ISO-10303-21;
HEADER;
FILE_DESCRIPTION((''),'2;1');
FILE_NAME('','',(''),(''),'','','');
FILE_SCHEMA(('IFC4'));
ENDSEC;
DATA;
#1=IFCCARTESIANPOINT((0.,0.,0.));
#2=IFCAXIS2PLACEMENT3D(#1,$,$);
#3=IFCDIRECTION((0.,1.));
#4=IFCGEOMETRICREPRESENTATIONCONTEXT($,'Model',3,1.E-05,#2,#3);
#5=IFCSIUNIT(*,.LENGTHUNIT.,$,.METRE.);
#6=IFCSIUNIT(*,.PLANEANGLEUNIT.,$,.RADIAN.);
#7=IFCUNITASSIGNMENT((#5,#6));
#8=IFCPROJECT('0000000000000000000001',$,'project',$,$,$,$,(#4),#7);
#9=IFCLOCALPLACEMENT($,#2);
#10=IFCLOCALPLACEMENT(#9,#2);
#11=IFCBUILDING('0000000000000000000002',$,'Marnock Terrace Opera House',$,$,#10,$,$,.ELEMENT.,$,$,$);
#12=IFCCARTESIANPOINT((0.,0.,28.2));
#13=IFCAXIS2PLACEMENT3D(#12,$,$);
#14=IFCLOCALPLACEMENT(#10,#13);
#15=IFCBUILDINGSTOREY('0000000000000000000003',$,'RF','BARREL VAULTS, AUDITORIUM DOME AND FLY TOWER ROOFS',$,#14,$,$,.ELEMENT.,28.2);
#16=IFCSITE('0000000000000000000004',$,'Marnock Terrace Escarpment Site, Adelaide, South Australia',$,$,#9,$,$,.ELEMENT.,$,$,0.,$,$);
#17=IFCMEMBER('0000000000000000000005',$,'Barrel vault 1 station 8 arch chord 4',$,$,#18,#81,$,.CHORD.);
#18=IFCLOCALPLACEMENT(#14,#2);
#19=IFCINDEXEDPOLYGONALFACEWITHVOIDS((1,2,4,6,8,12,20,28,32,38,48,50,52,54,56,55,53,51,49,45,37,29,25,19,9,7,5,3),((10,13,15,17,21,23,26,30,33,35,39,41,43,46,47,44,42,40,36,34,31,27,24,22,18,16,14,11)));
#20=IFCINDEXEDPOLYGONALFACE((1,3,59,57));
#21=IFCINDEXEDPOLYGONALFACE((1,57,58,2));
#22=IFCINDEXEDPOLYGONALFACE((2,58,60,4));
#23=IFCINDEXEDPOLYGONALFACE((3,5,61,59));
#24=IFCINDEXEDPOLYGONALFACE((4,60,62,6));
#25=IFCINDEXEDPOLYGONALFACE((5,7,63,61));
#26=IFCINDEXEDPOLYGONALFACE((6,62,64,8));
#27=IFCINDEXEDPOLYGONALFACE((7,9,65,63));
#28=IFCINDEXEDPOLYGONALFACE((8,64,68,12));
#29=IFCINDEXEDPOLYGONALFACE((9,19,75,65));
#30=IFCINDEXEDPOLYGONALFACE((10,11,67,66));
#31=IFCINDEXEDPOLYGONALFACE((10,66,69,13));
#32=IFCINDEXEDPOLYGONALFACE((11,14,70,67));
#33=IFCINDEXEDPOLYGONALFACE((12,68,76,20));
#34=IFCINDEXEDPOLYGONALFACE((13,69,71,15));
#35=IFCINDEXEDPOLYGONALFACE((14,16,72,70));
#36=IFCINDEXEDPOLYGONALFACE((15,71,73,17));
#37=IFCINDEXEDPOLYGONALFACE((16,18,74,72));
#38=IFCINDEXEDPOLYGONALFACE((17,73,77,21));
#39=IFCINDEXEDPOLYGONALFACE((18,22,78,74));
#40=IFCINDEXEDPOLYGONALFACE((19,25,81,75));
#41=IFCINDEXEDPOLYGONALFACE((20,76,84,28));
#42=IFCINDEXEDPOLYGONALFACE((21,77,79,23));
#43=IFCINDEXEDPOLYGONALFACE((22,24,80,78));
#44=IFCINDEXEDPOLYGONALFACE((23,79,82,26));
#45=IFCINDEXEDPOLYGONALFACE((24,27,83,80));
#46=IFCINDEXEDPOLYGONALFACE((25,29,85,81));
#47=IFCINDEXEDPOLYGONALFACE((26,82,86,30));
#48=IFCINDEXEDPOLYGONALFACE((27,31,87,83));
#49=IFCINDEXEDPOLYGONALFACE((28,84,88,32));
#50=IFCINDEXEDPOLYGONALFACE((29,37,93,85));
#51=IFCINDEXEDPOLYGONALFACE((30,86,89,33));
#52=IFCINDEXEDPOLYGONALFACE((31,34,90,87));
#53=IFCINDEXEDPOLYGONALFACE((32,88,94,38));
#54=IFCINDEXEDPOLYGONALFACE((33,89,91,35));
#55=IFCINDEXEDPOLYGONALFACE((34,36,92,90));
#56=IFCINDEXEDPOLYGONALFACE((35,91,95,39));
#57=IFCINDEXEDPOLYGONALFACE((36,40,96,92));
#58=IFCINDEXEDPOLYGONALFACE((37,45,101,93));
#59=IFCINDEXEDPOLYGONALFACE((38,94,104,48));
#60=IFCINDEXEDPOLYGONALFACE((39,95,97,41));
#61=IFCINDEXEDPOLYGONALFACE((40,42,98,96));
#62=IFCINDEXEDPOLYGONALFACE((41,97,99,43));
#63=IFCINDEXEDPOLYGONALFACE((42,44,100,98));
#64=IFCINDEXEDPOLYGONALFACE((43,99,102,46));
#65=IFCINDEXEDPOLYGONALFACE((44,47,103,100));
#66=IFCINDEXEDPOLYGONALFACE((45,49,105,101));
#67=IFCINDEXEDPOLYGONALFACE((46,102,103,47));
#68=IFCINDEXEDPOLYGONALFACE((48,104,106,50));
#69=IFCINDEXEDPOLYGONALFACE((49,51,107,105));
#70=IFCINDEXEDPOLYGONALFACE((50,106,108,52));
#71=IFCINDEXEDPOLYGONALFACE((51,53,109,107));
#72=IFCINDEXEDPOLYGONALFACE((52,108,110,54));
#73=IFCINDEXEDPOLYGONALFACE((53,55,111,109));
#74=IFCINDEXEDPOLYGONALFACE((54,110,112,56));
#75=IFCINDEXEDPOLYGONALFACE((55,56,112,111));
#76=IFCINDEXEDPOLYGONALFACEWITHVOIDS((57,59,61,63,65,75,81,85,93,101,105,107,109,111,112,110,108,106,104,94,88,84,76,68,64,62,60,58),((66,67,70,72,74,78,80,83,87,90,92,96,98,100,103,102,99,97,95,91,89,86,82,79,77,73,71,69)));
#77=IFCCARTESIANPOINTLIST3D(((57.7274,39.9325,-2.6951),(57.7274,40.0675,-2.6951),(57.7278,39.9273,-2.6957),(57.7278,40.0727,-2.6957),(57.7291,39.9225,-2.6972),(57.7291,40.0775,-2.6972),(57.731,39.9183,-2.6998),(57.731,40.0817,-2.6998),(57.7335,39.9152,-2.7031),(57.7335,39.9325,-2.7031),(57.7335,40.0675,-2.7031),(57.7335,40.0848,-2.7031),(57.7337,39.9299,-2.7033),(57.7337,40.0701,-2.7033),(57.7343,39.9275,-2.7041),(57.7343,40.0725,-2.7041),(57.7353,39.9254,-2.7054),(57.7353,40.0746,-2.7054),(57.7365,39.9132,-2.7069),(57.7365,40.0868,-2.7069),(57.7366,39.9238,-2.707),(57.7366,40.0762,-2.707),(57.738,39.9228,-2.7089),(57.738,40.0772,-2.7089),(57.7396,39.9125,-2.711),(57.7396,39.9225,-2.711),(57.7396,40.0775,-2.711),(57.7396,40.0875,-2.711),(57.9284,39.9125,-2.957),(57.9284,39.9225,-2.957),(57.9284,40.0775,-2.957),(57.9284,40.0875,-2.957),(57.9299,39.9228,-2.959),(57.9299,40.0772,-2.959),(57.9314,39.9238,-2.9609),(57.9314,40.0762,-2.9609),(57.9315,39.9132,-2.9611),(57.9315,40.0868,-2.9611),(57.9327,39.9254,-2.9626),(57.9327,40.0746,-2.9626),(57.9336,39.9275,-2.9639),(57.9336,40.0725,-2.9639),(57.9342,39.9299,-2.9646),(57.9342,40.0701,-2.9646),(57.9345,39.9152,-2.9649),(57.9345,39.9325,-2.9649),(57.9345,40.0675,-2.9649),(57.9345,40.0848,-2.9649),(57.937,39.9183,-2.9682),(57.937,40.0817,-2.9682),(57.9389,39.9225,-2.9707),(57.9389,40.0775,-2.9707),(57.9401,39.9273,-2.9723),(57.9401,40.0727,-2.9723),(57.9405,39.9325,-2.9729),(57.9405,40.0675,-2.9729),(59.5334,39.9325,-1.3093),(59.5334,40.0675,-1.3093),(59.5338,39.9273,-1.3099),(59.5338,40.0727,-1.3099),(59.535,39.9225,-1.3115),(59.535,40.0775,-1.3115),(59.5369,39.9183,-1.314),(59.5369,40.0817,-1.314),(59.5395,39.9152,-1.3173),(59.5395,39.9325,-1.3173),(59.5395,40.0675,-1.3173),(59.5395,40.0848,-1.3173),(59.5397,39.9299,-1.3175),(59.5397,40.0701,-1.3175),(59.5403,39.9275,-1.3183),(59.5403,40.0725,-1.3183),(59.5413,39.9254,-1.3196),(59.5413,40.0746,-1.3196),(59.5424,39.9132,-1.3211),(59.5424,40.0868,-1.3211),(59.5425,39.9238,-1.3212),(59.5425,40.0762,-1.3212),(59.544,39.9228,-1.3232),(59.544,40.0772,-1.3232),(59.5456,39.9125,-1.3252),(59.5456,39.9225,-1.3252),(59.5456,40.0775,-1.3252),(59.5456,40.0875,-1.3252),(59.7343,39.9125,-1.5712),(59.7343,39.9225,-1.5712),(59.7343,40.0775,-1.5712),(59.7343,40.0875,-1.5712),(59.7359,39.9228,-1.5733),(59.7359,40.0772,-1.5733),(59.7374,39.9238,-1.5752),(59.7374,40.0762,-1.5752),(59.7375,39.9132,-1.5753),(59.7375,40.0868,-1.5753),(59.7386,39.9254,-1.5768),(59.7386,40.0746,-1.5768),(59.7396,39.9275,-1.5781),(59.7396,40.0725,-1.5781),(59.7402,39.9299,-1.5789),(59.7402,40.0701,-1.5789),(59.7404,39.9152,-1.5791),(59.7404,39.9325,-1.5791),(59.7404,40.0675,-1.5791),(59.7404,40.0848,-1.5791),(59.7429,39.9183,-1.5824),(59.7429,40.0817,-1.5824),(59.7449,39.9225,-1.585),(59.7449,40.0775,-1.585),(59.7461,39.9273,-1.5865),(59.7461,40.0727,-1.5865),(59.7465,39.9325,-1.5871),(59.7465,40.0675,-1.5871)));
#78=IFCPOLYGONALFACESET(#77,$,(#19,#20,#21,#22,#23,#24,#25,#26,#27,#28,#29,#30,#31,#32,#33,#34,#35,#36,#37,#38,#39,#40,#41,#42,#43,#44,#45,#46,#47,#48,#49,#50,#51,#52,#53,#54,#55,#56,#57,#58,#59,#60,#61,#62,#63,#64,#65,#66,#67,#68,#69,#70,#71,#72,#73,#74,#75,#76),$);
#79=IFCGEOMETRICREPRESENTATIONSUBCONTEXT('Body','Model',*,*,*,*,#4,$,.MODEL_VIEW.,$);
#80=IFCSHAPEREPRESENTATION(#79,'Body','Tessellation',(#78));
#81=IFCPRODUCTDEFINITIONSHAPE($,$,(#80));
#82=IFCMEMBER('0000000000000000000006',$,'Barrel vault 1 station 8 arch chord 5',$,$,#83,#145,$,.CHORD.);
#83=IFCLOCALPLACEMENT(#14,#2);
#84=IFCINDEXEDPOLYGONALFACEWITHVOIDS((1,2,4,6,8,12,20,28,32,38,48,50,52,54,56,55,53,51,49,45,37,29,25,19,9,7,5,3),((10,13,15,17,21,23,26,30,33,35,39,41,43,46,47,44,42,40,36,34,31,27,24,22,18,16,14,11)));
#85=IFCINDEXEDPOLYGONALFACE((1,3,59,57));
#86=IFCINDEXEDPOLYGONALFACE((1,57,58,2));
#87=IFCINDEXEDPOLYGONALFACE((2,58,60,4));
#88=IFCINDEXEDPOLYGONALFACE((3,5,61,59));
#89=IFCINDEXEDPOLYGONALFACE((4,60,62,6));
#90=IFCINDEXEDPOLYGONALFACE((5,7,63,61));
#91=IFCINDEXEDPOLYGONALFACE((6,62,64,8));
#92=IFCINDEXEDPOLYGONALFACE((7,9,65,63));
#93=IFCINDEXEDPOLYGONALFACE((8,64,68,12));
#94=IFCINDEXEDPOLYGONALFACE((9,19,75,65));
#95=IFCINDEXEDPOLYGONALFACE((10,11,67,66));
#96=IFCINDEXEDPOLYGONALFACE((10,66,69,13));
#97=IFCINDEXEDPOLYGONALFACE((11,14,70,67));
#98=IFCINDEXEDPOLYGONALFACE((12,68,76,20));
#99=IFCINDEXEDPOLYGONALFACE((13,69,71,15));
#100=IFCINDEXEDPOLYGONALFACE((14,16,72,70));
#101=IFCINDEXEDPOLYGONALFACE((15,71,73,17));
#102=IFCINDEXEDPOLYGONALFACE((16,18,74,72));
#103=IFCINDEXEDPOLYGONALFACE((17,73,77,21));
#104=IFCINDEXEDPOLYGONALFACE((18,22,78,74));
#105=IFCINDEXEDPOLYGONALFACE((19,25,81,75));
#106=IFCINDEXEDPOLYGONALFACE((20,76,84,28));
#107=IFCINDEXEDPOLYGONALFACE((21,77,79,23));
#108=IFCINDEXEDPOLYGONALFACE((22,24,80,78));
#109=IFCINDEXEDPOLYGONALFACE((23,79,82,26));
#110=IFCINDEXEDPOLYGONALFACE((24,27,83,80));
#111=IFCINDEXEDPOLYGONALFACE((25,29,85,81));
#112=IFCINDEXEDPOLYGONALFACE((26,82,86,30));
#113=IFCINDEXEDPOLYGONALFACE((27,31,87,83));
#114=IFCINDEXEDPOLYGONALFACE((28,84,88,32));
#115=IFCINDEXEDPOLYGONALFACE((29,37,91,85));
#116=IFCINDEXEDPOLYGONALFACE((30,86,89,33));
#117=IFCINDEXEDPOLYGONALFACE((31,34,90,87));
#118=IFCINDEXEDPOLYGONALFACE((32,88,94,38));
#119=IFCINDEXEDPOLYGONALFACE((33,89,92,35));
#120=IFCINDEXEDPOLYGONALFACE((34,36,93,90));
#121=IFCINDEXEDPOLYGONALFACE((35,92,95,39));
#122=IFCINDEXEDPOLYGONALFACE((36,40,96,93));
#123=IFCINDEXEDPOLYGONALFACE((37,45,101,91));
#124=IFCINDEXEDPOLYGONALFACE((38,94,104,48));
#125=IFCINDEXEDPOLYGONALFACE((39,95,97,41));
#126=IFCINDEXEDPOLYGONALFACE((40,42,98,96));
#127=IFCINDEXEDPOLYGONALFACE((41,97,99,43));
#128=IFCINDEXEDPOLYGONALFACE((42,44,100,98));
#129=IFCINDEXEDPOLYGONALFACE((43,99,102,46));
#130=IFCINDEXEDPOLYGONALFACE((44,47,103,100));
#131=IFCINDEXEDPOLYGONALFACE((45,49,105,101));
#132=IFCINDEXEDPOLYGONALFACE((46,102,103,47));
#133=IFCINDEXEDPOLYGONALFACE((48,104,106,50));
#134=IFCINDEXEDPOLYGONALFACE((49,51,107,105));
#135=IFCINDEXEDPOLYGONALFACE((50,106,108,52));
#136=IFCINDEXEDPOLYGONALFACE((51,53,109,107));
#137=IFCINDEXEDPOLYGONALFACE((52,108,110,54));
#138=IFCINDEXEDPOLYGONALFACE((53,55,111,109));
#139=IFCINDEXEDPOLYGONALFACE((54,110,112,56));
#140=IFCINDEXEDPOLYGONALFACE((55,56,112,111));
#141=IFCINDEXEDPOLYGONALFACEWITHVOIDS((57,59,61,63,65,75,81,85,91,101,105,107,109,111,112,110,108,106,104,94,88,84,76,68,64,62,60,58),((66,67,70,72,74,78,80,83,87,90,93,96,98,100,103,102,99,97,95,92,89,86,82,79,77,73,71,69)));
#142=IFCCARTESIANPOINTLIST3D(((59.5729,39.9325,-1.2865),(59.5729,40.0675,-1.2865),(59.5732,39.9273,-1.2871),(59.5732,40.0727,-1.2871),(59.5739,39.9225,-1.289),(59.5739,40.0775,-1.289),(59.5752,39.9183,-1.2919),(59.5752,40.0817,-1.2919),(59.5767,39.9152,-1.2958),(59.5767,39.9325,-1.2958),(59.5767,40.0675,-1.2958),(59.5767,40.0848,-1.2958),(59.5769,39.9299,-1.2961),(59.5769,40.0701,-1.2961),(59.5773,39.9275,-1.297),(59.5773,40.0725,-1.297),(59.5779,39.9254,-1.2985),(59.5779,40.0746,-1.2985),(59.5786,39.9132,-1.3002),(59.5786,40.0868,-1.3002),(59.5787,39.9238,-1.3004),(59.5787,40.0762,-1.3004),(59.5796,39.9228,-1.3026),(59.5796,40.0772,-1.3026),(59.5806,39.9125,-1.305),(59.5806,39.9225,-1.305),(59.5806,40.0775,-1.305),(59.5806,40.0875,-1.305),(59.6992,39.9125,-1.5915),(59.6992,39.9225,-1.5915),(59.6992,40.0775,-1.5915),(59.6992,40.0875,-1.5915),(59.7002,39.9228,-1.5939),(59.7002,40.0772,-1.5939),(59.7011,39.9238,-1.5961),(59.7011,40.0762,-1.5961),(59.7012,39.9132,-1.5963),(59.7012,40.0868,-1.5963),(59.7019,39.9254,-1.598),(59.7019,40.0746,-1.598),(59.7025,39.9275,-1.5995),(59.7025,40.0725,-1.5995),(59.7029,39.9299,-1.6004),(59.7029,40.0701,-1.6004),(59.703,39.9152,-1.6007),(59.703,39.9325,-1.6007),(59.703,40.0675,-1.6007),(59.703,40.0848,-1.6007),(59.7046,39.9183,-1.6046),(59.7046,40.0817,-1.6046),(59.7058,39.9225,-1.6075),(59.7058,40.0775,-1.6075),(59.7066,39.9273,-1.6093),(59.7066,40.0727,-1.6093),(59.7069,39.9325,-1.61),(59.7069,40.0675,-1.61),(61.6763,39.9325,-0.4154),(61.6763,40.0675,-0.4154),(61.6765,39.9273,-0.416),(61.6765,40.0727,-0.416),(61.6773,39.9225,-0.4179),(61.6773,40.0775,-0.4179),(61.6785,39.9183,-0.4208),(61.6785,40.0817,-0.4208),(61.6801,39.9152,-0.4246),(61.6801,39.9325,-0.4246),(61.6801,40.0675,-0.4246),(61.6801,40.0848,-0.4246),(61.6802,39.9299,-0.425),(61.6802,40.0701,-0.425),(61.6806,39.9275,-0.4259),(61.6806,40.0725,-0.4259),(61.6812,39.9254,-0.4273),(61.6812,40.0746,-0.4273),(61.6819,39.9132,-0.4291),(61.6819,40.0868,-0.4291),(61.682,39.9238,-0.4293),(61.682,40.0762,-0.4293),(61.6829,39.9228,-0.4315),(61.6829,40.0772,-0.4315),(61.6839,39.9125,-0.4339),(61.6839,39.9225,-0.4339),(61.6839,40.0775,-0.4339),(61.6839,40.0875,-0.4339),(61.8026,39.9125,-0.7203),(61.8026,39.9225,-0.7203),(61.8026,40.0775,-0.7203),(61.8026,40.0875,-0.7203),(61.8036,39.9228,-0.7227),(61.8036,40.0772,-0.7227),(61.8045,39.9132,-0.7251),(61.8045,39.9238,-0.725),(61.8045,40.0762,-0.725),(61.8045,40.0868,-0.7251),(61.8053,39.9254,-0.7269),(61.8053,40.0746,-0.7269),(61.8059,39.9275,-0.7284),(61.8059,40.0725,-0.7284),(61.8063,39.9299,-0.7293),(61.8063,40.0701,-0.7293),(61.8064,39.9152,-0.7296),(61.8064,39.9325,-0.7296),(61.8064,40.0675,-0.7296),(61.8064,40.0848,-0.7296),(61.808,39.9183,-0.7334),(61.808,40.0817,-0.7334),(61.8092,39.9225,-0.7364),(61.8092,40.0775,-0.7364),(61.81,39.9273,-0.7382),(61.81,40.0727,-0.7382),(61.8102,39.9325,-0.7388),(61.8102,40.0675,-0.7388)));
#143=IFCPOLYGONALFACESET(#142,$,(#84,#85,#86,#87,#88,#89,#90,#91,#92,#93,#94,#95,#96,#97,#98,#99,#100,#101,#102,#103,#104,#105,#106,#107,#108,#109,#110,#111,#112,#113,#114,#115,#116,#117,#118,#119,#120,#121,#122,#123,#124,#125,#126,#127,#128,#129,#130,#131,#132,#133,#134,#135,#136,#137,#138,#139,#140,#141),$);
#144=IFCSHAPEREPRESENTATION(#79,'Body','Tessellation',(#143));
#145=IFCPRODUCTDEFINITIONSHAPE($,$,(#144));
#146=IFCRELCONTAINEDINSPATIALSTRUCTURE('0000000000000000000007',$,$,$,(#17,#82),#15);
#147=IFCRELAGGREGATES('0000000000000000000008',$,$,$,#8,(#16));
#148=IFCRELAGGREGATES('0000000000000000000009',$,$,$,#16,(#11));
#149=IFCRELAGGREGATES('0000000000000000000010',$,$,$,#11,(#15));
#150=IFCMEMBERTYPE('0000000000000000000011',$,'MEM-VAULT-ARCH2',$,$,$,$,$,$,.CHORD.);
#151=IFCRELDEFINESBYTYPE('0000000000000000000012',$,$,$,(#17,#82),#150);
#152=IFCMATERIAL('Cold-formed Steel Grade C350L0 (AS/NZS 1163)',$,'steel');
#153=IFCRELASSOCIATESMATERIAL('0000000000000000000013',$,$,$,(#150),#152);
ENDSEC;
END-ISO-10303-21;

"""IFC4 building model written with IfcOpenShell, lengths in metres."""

from ifc_helpers import new_model, si_unit, direction, frame, origin, origin_2d, place, context, subcontext, project, spatial, hollow_rectangle, extrude, material, material_profile, profile_set, type_object, element, save


model = new_model("IFC4")

# Units and contexts
model_context = context("Model", 3, precision=1e-05, world=origin(), true_north=direction((0.0, 1.0)))
body_context = subcontext(model_context, "Body", "Model", "MODEL_VIEW")
ifc_project = project(units=[si_unit("LENGTHUNIT", "METRE"), si_unit("PLANEANGLEUNIT", "RADIAN")], contexts=[model_context])

# Site, building, storey
site_placement = place(None, origin())
site = spatial("IfcSite", under=ifc_project, at=site_placement, Name="Marnock Terrace Escarpment Site, Adelaide, South Australia", CompositionType="ELEMENT", RefElevation=0.0)
building_placement = place(site_placement, origin())
building = spatial("IfcBuilding", under=site, at=building_placement, Name="Marnock Terrace Opera House", CompositionType="ELEMENT")
storey_placement = place(building_placement, frame((0.0, 0.0, 28.2)))
storey = spatial("IfcBuildingStorey", under=building, at=storey_placement, Name="RF", Description="BARREL VAULTS, AUDITORIUM DOME AND FLY TOWER ROOFS", CompositionType="ELEMENT", Elevation=28.2)

# Members
ifc_material_1 = material(Name="Cold-formed Steel Grade C350L0 (AS/NZS 1163)", Category="steel")
ifc_material_profile_1 = material_profile(ifc_material_1, hollow_rectangle(XDim=0.175, YDim=0.3501, WallThickness=0.01, InnerFilletRadius=0.01, OuterFilletRadius=0.02, at=origin_2d()))
ifc_profile_set_1 = profile_set([ifc_material_profile_1], Name="Cold-formed Steel Grade C350L0 (AS/NZS 1163)")
member_type_1 = type_object("IfcMemberType", Name="MEM-VAULT-ARCH2", PredefinedType="CHORD", material=ifc_profile_set_1)
for number, where, z_axis, x_axis, name in (
    (1, (57.834, 40.0, -2.834), (0.793349, 0.0, 0.608767), (0.0, 1.0, 0.0), "Barrel vault 1 station 8 arch chord 4"),
):
    element("IfcMember", number, at=place(storey_placement, frame(where, z_axis=z_axis, x_axis=x_axis)), inside=storey, type_object=member_type_1, Name=name, PredefinedType="CHORD", context=body_context, shape_type="SweptSolid", body=[
        extrude(hollow_rectangle(XDim=0.175, YDim=0.3501, WallThickness=0.01, InnerFilletRadius=0.01, OuterFilletRadius=0.02, at=origin_2d()), origin(), (0.0, 0.0, 1.0), 2.2764),
    ])
member_1_placement = place(storey_placement, frame((59.6399, 40.0, -1.4482), z_axis=(0.923897, 0.0, 0.382642), x_axis=(0.0, 1.0, 0.0)))
element("IfcMember", 2, at=member_1_placement, inside=storey, type_object=member_type_1, Name="Barrel vault 1 station 8 arch chord 5", PredefinedType="CHORD", context=body_context, shape_type="SweptSolid", body=[
    extrude(hollow_rectangle(XDim=0.175, YDim=0.3501, WallThickness=0.01, InnerFilletRadius=0.01, OuterFilletRadius=0.02, at=origin_2d()), origin(), (0.0, 0.0, 1.0), 2.2766),
])

save(model, "model.ifc")
